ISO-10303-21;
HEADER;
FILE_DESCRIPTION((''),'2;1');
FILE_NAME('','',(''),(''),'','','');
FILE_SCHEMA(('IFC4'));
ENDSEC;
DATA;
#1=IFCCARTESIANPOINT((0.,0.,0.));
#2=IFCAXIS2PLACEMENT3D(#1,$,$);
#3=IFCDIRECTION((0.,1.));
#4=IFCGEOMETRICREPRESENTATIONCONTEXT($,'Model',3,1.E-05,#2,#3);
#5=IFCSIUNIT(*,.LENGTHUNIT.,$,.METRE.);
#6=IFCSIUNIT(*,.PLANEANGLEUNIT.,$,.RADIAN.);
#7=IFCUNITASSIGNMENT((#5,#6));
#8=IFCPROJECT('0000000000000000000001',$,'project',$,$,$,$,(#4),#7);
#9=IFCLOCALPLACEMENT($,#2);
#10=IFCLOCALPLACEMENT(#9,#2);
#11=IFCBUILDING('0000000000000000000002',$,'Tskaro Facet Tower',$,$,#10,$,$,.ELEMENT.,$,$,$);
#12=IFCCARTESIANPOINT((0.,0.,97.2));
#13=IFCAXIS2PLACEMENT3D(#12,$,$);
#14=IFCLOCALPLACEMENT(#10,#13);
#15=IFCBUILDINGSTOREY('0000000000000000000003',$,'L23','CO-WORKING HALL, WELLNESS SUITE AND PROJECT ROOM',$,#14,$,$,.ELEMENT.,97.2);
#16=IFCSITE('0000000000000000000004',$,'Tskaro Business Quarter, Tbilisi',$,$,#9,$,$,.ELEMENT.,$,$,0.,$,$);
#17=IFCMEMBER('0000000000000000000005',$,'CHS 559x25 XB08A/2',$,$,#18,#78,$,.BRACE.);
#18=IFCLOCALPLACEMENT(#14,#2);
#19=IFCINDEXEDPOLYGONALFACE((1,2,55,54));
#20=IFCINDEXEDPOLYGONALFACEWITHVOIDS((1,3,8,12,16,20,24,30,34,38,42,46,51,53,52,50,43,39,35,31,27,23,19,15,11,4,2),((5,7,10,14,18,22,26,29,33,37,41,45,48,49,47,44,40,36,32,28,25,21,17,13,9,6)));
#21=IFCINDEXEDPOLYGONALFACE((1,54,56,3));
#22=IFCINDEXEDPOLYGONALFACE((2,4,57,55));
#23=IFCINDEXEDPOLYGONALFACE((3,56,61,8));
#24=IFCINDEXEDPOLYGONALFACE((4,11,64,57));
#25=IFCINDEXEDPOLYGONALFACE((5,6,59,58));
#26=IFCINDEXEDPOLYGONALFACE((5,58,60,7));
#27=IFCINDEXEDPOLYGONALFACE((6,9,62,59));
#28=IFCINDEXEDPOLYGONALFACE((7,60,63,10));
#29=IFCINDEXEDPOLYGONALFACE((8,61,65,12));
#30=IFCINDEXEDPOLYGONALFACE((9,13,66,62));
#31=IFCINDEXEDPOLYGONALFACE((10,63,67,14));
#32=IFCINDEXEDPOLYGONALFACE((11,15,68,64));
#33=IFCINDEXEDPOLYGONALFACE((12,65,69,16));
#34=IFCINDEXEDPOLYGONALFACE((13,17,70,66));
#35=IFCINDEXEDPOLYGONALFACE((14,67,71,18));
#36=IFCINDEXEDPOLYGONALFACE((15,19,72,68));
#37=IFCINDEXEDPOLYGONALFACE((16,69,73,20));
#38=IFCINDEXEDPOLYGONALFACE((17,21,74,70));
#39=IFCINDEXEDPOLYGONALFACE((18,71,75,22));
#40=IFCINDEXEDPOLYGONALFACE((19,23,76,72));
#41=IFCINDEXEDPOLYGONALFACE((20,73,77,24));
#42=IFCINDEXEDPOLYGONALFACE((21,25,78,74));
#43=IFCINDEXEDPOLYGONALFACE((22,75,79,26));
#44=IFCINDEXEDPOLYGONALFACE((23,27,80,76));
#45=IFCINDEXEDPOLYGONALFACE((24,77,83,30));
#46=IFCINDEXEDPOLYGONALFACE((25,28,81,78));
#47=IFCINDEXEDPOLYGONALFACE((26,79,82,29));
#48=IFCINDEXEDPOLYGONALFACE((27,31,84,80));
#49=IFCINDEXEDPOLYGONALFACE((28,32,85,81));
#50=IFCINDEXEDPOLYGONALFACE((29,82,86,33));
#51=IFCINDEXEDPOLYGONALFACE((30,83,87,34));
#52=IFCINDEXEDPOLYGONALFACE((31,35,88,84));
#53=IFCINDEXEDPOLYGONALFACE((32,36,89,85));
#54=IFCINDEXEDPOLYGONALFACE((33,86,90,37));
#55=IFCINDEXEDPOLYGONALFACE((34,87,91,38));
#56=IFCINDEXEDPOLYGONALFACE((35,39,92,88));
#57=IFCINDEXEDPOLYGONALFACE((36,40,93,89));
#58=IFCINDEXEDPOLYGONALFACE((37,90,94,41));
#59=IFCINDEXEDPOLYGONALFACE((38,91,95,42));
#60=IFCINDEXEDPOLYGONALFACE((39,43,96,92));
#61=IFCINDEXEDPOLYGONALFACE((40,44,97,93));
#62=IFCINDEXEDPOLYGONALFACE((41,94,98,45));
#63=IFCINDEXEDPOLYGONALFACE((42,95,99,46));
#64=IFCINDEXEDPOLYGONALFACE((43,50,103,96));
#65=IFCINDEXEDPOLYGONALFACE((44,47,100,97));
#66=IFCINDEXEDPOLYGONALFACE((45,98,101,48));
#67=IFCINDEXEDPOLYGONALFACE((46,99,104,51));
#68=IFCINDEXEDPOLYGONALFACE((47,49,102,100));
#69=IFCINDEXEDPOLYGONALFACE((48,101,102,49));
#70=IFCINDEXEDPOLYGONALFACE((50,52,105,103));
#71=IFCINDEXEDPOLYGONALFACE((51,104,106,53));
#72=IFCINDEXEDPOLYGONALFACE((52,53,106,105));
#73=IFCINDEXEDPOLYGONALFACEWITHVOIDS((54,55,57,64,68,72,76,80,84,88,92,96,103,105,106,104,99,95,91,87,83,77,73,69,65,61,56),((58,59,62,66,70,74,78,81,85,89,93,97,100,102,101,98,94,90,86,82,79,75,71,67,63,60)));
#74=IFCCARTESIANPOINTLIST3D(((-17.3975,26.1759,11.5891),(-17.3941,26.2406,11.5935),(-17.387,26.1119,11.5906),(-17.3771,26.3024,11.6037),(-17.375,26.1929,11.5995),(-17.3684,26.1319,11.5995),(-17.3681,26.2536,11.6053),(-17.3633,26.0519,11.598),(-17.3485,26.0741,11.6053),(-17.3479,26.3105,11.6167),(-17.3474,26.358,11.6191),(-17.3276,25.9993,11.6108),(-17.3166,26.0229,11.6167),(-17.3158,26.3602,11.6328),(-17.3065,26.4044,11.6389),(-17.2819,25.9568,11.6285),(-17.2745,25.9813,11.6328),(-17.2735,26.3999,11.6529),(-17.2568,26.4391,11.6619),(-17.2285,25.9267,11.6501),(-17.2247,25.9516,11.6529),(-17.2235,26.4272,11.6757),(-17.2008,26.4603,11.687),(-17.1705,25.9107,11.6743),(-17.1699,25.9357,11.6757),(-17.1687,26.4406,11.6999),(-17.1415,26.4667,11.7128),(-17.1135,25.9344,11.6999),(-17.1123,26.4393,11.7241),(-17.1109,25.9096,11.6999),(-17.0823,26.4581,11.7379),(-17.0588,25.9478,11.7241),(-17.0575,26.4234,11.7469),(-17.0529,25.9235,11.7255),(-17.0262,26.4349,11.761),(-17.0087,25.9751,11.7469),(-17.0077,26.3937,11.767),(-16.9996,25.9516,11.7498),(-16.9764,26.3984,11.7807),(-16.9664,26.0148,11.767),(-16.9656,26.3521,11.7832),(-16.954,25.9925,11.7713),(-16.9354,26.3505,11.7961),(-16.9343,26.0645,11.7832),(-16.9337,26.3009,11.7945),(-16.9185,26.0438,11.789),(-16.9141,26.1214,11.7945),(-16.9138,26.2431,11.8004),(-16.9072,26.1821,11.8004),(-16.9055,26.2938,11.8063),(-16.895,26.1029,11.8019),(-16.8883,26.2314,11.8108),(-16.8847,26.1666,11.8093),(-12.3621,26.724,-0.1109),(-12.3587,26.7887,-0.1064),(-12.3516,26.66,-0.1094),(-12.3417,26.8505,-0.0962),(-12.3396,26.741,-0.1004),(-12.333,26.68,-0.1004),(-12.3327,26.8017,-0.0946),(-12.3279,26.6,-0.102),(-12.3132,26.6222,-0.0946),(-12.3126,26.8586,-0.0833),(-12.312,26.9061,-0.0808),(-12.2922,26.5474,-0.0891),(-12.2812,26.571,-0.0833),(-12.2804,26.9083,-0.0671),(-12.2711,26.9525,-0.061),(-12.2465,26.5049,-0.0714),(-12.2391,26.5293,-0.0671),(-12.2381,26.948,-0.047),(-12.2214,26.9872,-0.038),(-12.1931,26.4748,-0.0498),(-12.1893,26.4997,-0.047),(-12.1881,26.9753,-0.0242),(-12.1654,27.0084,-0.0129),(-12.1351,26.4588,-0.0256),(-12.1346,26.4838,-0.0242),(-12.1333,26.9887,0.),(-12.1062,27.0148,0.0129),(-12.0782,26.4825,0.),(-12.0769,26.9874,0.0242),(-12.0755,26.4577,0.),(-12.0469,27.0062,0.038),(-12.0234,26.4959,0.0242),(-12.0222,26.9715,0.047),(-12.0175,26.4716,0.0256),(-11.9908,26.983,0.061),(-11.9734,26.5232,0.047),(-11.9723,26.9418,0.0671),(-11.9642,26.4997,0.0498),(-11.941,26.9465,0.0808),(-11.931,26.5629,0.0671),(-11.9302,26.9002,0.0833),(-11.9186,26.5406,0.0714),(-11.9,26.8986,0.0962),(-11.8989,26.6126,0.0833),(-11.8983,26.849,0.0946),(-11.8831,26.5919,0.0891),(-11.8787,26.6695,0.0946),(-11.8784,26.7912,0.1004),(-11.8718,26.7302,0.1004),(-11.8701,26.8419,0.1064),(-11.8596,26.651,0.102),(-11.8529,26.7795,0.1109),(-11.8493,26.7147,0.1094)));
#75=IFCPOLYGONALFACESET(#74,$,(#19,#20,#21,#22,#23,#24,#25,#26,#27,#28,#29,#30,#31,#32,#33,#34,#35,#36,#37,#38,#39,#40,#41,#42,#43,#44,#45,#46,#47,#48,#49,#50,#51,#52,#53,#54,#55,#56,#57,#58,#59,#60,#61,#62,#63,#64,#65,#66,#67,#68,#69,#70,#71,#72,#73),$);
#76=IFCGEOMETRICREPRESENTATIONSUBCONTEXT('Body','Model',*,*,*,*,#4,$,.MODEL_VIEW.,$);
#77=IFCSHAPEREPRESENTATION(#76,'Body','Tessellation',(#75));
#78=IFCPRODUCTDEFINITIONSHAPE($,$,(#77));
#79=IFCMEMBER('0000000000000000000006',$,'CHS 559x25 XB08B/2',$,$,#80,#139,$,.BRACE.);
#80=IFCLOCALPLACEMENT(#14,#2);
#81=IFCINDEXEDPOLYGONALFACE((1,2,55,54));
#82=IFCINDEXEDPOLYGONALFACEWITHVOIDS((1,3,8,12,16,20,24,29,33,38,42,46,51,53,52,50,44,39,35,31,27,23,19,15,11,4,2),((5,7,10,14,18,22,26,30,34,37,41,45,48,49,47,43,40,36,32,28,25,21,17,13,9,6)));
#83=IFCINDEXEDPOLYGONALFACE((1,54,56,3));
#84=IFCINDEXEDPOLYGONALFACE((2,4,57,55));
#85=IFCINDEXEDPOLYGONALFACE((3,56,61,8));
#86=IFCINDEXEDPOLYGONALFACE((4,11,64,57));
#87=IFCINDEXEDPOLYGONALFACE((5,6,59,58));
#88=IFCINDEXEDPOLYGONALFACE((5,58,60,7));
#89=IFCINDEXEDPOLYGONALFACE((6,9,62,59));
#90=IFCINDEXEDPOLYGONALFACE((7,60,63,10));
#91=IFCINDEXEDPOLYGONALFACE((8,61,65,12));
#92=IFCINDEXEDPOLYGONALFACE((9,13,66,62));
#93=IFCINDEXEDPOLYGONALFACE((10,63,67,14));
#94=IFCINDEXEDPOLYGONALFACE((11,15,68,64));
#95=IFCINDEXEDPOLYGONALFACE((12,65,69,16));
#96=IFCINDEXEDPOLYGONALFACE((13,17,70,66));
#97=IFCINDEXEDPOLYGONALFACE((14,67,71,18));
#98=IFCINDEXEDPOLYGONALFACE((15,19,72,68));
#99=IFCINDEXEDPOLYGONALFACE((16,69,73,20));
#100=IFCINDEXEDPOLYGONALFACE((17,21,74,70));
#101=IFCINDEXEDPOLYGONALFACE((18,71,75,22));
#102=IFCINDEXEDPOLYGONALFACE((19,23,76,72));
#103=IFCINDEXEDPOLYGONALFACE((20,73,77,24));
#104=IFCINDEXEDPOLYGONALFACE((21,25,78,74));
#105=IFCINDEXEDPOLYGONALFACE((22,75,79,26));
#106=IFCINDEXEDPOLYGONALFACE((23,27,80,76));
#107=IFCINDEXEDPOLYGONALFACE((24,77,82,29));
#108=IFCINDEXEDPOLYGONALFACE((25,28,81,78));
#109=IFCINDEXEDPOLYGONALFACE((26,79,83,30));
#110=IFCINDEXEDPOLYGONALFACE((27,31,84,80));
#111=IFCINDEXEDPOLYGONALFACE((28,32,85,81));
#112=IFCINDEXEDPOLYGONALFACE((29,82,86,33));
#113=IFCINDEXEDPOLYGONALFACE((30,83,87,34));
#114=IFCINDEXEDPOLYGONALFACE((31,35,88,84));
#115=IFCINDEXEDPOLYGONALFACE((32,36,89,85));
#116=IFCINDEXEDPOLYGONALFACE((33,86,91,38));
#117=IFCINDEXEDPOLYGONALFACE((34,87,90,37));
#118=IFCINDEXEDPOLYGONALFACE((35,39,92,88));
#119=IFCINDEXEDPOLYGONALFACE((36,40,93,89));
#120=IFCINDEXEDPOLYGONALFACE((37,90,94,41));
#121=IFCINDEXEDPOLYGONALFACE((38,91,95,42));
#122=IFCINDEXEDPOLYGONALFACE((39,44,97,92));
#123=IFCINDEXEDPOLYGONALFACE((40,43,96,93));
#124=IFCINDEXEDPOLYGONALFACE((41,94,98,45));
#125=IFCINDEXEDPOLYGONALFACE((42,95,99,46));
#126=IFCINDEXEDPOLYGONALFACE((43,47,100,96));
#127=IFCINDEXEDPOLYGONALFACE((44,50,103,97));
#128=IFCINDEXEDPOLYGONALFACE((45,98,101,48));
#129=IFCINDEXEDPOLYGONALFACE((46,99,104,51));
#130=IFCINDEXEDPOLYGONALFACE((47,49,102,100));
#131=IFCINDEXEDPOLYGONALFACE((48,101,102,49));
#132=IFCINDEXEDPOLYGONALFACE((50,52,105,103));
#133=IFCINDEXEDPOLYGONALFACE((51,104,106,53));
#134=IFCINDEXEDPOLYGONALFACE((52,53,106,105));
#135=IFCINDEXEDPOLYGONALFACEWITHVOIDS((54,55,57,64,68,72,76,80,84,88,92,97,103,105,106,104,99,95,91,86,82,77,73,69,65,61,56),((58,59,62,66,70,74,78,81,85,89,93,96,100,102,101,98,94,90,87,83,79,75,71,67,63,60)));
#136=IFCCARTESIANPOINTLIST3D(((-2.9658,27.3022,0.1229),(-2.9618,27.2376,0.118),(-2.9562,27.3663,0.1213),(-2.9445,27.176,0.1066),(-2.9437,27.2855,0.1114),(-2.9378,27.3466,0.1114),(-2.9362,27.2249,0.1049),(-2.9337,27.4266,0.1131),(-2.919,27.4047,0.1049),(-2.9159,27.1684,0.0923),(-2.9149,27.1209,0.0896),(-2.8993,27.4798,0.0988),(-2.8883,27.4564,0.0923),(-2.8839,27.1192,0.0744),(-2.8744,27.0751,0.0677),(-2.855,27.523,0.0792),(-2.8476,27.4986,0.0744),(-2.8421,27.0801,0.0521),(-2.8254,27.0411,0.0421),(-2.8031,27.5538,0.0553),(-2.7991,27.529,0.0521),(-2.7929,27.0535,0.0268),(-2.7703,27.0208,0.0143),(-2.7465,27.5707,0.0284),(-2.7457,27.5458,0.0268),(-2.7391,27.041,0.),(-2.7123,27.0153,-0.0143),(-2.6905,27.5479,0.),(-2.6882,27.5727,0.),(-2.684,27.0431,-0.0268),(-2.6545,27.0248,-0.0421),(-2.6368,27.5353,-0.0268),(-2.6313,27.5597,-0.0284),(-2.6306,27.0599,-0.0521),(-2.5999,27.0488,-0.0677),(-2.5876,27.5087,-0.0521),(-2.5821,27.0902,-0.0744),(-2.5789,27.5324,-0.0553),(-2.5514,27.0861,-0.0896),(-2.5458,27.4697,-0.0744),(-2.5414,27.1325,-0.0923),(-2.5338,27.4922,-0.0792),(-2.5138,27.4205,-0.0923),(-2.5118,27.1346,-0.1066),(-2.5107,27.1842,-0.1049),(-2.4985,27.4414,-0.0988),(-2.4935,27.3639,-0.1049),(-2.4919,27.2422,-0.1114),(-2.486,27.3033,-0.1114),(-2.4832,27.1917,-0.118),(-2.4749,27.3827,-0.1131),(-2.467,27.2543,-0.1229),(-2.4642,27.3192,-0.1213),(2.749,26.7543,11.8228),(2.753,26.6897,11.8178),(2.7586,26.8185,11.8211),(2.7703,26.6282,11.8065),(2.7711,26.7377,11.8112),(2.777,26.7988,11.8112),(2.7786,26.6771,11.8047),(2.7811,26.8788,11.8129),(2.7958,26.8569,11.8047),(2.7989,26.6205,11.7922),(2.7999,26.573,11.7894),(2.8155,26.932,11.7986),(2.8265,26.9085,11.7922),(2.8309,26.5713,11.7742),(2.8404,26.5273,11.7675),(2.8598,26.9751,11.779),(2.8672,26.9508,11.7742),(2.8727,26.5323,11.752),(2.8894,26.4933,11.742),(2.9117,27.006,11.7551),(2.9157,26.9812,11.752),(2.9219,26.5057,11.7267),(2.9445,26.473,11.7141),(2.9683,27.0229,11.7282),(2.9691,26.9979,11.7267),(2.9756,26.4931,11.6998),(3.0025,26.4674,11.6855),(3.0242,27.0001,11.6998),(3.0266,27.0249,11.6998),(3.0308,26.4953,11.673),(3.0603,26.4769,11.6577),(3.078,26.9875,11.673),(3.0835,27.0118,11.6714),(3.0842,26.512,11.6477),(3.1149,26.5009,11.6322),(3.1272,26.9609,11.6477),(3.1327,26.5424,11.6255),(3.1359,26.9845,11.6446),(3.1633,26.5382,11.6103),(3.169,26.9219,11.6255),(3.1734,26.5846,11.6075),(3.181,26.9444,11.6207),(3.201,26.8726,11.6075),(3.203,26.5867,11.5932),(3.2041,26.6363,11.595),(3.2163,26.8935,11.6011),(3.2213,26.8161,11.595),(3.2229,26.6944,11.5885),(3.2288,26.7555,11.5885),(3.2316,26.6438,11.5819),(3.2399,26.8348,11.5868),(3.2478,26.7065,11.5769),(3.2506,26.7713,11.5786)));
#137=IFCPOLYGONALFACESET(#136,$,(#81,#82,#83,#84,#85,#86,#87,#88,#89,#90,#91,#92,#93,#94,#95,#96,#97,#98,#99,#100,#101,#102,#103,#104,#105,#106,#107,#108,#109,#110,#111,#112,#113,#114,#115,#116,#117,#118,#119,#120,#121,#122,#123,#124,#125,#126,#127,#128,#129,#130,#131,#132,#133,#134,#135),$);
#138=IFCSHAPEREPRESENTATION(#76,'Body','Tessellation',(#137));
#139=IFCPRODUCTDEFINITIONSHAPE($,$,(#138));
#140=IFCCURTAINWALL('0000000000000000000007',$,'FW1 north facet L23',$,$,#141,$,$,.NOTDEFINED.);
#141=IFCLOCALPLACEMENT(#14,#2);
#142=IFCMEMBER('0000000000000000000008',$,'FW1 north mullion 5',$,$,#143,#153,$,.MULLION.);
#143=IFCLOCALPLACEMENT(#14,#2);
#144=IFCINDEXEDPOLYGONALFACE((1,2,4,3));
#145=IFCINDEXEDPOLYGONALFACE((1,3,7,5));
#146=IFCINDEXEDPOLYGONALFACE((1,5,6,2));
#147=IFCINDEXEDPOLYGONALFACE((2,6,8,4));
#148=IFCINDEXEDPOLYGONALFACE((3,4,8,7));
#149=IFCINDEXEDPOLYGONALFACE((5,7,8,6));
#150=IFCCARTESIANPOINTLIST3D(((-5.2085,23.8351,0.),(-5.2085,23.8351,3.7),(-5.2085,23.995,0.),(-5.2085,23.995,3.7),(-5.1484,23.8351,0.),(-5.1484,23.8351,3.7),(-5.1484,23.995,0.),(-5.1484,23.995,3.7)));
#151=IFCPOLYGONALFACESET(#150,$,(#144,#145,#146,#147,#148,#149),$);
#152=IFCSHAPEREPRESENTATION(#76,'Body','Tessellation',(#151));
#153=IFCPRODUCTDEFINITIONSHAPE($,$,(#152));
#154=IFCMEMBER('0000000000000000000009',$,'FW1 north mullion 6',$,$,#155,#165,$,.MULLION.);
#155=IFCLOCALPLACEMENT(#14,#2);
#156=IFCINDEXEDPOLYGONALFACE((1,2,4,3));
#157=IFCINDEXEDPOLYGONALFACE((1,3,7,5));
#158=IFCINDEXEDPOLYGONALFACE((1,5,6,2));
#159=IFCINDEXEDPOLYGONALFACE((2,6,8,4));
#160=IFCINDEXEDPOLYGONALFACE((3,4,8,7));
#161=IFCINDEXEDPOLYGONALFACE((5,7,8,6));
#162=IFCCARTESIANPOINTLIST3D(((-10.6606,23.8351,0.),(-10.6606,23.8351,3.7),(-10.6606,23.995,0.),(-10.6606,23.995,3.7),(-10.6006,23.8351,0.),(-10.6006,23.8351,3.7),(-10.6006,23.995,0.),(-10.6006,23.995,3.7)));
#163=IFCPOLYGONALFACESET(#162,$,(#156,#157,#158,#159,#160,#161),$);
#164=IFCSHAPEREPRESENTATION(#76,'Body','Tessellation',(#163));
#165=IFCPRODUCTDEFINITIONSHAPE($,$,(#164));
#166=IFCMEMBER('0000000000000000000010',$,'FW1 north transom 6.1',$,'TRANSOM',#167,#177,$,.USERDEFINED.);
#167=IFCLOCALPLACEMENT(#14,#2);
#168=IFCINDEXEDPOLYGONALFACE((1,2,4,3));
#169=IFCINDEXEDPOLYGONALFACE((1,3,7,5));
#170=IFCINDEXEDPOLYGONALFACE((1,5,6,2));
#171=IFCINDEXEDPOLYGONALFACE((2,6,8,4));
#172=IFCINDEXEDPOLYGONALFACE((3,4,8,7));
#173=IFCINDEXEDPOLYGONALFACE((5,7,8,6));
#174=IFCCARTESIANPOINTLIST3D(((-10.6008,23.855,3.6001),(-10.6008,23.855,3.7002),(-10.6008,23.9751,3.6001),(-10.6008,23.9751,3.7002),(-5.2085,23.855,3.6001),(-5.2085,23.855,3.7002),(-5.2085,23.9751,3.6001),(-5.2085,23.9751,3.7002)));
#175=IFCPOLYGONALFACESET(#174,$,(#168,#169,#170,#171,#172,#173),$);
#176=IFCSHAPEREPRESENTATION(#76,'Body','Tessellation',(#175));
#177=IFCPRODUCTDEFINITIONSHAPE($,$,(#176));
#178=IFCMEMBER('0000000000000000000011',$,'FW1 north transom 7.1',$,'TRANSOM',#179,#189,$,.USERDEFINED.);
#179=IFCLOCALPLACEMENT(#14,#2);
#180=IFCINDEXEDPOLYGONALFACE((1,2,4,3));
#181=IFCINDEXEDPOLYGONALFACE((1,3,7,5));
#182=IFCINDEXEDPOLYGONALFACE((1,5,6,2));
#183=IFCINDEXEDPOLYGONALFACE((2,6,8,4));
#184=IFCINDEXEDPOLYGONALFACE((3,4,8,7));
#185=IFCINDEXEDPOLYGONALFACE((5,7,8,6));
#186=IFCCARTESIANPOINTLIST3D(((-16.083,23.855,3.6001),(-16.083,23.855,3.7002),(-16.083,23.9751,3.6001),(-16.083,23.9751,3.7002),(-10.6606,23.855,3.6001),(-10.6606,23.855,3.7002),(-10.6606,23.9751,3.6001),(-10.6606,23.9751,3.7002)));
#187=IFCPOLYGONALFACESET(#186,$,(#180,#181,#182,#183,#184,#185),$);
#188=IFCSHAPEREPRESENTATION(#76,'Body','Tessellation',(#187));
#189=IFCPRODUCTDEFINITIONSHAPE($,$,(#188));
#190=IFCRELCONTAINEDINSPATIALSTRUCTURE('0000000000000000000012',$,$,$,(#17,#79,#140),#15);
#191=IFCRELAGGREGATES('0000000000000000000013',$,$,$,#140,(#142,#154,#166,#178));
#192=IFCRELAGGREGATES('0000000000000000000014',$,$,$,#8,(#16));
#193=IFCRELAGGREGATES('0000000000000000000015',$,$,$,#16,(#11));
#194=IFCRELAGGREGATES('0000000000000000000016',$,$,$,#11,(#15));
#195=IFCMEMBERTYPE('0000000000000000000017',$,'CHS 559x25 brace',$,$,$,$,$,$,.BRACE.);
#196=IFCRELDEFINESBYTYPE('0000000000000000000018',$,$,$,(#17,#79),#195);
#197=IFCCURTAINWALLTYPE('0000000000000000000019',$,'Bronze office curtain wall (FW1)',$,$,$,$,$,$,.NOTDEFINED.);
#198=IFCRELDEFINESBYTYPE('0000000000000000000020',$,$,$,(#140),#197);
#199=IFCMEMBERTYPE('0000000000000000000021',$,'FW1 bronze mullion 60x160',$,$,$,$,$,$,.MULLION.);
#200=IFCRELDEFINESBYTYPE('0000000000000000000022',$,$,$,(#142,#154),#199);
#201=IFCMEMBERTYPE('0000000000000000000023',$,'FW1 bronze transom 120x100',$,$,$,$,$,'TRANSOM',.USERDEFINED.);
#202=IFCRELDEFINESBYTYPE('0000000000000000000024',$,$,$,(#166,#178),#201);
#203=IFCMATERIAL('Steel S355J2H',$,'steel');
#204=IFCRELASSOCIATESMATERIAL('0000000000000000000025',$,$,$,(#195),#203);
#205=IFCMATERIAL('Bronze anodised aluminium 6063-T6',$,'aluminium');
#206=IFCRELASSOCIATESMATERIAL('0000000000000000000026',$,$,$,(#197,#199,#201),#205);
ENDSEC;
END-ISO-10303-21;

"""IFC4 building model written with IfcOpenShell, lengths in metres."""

from ifc_helpers import new_model, si_unit, direction, frame, origin, origin_2d, place, context, subcontext, project, spatial, rectangle, hollow_circle, extrude, material, material_profile, profile_set, type_object, element, aggregate, save


model = new_model("IFC4")

# Units and contexts
model_context = context("Model", 3, precision=1e-05, world=origin(), true_north=direction((0.0, 1.0)))
body_context = subcontext(model_context, "Body", "Model", "MODEL_VIEW")
ifc_project = project(units=[si_unit("LENGTHUNIT", "METRE"), si_unit("PLANEANGLEUNIT", "RADIAN")], contexts=[model_context])

# Site, building, storey
site_placement = place(None, origin())
site = spatial("IfcSite", under=ifc_project, at=site_placement, Name="Tskaro Business Quarter, Tbilisi", CompositionType="ELEMENT", RefElevation=0.0)
building_placement = place(site_placement, origin())
building = spatial("IfcBuilding", under=site, at=building_placement, Name="Tskaro Facet Tower", CompositionType="ELEMENT")
storey_placement = place(building_placement, frame((0.0, 0.0, 97.2)))
storey = spatial("IfcBuildingStorey", under=building, at=storey_placement, Name="L23", Description="CO-WORKING HALL, WELLNESS SUITE AND PROJECT ROOM", CompositionType="ELEMENT", Elevation=97.2)

# Shared definitions
ifc_material_1 = material(Name="Steel S355J2H", Category="steel")

# Members
ifc_material_profile_1 = material_profile(ifc_material_1, hollow_circle(Radius=0.2795, WallThickness=0.0249, at=origin_2d()), Name="CHS 559x25")
ifc_profile_set_1 = profile_set([ifc_material_profile_1], Name="Steel S355J2H")
member_type_1 = type_object("IfcMemberType", Name="CHS 559x25 brace", PredefinedType="BRACE", material=ifc_profile_set_1)
member_1_placement = place(storey_placement, frame((-12.1057, 26.7356, 0.0), z_axis=(-0.394955, -0.04299, 0.917694), x_axis=(0.108209, -0.994128, 0.0)))
element("IfcMember", 1, at=member_1_placement, inside=storey, type_object=member_type_1, Name="CHS 559x25 XB08A/2", PredefinedType="BRACE", context=body_context, shape_type="SweptSolid", body=[
    extrude(hollow_circle(Radius=0.2795, WallThickness=0.0249, at=origin_2d()), origin(), (0.0, 0.0, 1.0), 12.7493),
])
member_2_placement = place(storey_placement, frame((-2.7148, 27.2944, 0.0), z_axis=(0.438504, -0.042037, 0.897746), x_axis=(0.095427, 0.995436, 0.0)))
element("IfcMember", 2, at=member_2_placement, inside=storey, type_object=member_type_1, Name="CHS 559x25 XB08B/2", PredefinedType="BRACE", context=body_context, shape_type="SweptSolid", body=[
    extrude(hollow_circle(Radius=0.2795, WallThickness=0.0249, at=origin_2d()), origin(), (0.0, 0.0, 1.0), 13.0325),
])

# Curtain wall, members
ifc_material_2 = material(Name="Bronze anodised aluminium 6063-T6", Category="aluminium")
curtain_wall_type = type_object("IfcCurtainWallType", Name="Bronze office curtain wall (FW1)", PredefinedType="NOTDEFINED", material=ifc_material_2)
curtain_wall_placement = place(storey_placement, origin())
curtain_wall = element("IfcCurtainWall", 3, at=curtain_wall_placement, inside=storey, type_object=curtain_wall_type, Name="FW1 north facet L23", PredefinedType="NOTDEFINED")
ifc_material_profile_2 = material_profile(ifc_material_2, rectangle(XDim=0.0601, YDim=0.1599, at=origin_2d()), Name="Mullion 60x160")
ifc_profile_set_2 = profile_set([ifc_material_profile_2], Name="Bronze anodised aluminium 6063-T6")
member_type_2 = type_object("IfcMemberType", Name="FW1 bronze mullion 60x160", PredefinedType="MULLION", material=ifc_profile_set_2)
member_3_placement = place(storey_placement, frame((-5.1785, 23.915, 0.0), z_axis=(0.0, 0.0, 1.0), x_axis=(-1.0, 0.0, 0.0)))
member_3 = element("IfcMember", 4, at=member_3_placement, type_object=member_type_2, Name="FW1 north mullion 5", PredefinedType="MULLION", context=body_context, shape_type="SweptSolid", body=[
    extrude(rectangle(XDim=0.0601, YDim=0.1599, at=origin_2d()), origin(), (0.0, 0.0, 1.0), 3.7),
])
member_4_placement = place(storey_placement, frame((-10.6306, 23.915, 0.0), z_axis=(0.0, 0.0, 1.0), x_axis=(-1.0, 0.0, 0.0)))
member_4 = element("IfcMember", 5, at=member_4_placement, type_object=member_type_2, Name="FW1 north mullion 6", PredefinedType="MULLION", context=body_context, shape_type="SweptSolid", body=[
    extrude(rectangle(XDim=0.0601, YDim=0.1599, at=origin_2d()), origin(), (0.0, 0.0, 1.0), 3.7),
])
ifc_material_profile_3 = material_profile(ifc_material_2, rectangle(XDim=0.1201, YDim=0.1001, at=origin_2d()), Name="Transom 120x100")
ifc_profile_set_3 = profile_set([ifc_material_profile_3], Name="Bronze anodised aluminium 6063-T6")
member_type_3 = type_object("IfcMemberType", Name="FW1 bronze transom 120x100", ElementType="TRANSOM", PredefinedType="USERDEFINED", material=ifc_profile_set_3)
member_5_placement = place(storey_placement, frame((-5.2085, 23.915, 3.6501), z_axis=(-1.0, 0.0, 0.0), x_axis=(0.0, -1.0, 0.0)))
member_5 = element("IfcMember", 6, at=member_5_placement, type_object=member_type_3, Name="FW1 north transom 6.1", ObjectType="TRANSOM", PredefinedType="USERDEFINED", context=body_context, shape_type="SweptSolid", body=[
    extrude(rectangle(XDim=0.1201, YDim=0.1001, at=origin_2d()), origin(), (0.0, 0.0, 1.0), 5.3923),
])
member_6_placement = place(storey_placement, frame((-10.6606, 23.915, 3.6501), z_axis=(-1.0, 0.0, 0.0), x_axis=(0.0, -1.0, 0.0)))
member_6 = element("IfcMember", 7, at=member_6_placement, type_object=member_type_3, Name="FW1 north transom 7.1", ObjectType="TRANSOM", PredefinedType="USERDEFINED", context=body_context, shape_type="SweptSolid", body=[
    extrude(rectangle(XDim=0.1201, YDim=0.1001, at=origin_2d()), origin(), (0.0, 0.0, 1.0), 5.4224),
])

aggregate(curtain_wall, [member_3, member_4, member_5, member_6])

save(model, "model.ifc")
